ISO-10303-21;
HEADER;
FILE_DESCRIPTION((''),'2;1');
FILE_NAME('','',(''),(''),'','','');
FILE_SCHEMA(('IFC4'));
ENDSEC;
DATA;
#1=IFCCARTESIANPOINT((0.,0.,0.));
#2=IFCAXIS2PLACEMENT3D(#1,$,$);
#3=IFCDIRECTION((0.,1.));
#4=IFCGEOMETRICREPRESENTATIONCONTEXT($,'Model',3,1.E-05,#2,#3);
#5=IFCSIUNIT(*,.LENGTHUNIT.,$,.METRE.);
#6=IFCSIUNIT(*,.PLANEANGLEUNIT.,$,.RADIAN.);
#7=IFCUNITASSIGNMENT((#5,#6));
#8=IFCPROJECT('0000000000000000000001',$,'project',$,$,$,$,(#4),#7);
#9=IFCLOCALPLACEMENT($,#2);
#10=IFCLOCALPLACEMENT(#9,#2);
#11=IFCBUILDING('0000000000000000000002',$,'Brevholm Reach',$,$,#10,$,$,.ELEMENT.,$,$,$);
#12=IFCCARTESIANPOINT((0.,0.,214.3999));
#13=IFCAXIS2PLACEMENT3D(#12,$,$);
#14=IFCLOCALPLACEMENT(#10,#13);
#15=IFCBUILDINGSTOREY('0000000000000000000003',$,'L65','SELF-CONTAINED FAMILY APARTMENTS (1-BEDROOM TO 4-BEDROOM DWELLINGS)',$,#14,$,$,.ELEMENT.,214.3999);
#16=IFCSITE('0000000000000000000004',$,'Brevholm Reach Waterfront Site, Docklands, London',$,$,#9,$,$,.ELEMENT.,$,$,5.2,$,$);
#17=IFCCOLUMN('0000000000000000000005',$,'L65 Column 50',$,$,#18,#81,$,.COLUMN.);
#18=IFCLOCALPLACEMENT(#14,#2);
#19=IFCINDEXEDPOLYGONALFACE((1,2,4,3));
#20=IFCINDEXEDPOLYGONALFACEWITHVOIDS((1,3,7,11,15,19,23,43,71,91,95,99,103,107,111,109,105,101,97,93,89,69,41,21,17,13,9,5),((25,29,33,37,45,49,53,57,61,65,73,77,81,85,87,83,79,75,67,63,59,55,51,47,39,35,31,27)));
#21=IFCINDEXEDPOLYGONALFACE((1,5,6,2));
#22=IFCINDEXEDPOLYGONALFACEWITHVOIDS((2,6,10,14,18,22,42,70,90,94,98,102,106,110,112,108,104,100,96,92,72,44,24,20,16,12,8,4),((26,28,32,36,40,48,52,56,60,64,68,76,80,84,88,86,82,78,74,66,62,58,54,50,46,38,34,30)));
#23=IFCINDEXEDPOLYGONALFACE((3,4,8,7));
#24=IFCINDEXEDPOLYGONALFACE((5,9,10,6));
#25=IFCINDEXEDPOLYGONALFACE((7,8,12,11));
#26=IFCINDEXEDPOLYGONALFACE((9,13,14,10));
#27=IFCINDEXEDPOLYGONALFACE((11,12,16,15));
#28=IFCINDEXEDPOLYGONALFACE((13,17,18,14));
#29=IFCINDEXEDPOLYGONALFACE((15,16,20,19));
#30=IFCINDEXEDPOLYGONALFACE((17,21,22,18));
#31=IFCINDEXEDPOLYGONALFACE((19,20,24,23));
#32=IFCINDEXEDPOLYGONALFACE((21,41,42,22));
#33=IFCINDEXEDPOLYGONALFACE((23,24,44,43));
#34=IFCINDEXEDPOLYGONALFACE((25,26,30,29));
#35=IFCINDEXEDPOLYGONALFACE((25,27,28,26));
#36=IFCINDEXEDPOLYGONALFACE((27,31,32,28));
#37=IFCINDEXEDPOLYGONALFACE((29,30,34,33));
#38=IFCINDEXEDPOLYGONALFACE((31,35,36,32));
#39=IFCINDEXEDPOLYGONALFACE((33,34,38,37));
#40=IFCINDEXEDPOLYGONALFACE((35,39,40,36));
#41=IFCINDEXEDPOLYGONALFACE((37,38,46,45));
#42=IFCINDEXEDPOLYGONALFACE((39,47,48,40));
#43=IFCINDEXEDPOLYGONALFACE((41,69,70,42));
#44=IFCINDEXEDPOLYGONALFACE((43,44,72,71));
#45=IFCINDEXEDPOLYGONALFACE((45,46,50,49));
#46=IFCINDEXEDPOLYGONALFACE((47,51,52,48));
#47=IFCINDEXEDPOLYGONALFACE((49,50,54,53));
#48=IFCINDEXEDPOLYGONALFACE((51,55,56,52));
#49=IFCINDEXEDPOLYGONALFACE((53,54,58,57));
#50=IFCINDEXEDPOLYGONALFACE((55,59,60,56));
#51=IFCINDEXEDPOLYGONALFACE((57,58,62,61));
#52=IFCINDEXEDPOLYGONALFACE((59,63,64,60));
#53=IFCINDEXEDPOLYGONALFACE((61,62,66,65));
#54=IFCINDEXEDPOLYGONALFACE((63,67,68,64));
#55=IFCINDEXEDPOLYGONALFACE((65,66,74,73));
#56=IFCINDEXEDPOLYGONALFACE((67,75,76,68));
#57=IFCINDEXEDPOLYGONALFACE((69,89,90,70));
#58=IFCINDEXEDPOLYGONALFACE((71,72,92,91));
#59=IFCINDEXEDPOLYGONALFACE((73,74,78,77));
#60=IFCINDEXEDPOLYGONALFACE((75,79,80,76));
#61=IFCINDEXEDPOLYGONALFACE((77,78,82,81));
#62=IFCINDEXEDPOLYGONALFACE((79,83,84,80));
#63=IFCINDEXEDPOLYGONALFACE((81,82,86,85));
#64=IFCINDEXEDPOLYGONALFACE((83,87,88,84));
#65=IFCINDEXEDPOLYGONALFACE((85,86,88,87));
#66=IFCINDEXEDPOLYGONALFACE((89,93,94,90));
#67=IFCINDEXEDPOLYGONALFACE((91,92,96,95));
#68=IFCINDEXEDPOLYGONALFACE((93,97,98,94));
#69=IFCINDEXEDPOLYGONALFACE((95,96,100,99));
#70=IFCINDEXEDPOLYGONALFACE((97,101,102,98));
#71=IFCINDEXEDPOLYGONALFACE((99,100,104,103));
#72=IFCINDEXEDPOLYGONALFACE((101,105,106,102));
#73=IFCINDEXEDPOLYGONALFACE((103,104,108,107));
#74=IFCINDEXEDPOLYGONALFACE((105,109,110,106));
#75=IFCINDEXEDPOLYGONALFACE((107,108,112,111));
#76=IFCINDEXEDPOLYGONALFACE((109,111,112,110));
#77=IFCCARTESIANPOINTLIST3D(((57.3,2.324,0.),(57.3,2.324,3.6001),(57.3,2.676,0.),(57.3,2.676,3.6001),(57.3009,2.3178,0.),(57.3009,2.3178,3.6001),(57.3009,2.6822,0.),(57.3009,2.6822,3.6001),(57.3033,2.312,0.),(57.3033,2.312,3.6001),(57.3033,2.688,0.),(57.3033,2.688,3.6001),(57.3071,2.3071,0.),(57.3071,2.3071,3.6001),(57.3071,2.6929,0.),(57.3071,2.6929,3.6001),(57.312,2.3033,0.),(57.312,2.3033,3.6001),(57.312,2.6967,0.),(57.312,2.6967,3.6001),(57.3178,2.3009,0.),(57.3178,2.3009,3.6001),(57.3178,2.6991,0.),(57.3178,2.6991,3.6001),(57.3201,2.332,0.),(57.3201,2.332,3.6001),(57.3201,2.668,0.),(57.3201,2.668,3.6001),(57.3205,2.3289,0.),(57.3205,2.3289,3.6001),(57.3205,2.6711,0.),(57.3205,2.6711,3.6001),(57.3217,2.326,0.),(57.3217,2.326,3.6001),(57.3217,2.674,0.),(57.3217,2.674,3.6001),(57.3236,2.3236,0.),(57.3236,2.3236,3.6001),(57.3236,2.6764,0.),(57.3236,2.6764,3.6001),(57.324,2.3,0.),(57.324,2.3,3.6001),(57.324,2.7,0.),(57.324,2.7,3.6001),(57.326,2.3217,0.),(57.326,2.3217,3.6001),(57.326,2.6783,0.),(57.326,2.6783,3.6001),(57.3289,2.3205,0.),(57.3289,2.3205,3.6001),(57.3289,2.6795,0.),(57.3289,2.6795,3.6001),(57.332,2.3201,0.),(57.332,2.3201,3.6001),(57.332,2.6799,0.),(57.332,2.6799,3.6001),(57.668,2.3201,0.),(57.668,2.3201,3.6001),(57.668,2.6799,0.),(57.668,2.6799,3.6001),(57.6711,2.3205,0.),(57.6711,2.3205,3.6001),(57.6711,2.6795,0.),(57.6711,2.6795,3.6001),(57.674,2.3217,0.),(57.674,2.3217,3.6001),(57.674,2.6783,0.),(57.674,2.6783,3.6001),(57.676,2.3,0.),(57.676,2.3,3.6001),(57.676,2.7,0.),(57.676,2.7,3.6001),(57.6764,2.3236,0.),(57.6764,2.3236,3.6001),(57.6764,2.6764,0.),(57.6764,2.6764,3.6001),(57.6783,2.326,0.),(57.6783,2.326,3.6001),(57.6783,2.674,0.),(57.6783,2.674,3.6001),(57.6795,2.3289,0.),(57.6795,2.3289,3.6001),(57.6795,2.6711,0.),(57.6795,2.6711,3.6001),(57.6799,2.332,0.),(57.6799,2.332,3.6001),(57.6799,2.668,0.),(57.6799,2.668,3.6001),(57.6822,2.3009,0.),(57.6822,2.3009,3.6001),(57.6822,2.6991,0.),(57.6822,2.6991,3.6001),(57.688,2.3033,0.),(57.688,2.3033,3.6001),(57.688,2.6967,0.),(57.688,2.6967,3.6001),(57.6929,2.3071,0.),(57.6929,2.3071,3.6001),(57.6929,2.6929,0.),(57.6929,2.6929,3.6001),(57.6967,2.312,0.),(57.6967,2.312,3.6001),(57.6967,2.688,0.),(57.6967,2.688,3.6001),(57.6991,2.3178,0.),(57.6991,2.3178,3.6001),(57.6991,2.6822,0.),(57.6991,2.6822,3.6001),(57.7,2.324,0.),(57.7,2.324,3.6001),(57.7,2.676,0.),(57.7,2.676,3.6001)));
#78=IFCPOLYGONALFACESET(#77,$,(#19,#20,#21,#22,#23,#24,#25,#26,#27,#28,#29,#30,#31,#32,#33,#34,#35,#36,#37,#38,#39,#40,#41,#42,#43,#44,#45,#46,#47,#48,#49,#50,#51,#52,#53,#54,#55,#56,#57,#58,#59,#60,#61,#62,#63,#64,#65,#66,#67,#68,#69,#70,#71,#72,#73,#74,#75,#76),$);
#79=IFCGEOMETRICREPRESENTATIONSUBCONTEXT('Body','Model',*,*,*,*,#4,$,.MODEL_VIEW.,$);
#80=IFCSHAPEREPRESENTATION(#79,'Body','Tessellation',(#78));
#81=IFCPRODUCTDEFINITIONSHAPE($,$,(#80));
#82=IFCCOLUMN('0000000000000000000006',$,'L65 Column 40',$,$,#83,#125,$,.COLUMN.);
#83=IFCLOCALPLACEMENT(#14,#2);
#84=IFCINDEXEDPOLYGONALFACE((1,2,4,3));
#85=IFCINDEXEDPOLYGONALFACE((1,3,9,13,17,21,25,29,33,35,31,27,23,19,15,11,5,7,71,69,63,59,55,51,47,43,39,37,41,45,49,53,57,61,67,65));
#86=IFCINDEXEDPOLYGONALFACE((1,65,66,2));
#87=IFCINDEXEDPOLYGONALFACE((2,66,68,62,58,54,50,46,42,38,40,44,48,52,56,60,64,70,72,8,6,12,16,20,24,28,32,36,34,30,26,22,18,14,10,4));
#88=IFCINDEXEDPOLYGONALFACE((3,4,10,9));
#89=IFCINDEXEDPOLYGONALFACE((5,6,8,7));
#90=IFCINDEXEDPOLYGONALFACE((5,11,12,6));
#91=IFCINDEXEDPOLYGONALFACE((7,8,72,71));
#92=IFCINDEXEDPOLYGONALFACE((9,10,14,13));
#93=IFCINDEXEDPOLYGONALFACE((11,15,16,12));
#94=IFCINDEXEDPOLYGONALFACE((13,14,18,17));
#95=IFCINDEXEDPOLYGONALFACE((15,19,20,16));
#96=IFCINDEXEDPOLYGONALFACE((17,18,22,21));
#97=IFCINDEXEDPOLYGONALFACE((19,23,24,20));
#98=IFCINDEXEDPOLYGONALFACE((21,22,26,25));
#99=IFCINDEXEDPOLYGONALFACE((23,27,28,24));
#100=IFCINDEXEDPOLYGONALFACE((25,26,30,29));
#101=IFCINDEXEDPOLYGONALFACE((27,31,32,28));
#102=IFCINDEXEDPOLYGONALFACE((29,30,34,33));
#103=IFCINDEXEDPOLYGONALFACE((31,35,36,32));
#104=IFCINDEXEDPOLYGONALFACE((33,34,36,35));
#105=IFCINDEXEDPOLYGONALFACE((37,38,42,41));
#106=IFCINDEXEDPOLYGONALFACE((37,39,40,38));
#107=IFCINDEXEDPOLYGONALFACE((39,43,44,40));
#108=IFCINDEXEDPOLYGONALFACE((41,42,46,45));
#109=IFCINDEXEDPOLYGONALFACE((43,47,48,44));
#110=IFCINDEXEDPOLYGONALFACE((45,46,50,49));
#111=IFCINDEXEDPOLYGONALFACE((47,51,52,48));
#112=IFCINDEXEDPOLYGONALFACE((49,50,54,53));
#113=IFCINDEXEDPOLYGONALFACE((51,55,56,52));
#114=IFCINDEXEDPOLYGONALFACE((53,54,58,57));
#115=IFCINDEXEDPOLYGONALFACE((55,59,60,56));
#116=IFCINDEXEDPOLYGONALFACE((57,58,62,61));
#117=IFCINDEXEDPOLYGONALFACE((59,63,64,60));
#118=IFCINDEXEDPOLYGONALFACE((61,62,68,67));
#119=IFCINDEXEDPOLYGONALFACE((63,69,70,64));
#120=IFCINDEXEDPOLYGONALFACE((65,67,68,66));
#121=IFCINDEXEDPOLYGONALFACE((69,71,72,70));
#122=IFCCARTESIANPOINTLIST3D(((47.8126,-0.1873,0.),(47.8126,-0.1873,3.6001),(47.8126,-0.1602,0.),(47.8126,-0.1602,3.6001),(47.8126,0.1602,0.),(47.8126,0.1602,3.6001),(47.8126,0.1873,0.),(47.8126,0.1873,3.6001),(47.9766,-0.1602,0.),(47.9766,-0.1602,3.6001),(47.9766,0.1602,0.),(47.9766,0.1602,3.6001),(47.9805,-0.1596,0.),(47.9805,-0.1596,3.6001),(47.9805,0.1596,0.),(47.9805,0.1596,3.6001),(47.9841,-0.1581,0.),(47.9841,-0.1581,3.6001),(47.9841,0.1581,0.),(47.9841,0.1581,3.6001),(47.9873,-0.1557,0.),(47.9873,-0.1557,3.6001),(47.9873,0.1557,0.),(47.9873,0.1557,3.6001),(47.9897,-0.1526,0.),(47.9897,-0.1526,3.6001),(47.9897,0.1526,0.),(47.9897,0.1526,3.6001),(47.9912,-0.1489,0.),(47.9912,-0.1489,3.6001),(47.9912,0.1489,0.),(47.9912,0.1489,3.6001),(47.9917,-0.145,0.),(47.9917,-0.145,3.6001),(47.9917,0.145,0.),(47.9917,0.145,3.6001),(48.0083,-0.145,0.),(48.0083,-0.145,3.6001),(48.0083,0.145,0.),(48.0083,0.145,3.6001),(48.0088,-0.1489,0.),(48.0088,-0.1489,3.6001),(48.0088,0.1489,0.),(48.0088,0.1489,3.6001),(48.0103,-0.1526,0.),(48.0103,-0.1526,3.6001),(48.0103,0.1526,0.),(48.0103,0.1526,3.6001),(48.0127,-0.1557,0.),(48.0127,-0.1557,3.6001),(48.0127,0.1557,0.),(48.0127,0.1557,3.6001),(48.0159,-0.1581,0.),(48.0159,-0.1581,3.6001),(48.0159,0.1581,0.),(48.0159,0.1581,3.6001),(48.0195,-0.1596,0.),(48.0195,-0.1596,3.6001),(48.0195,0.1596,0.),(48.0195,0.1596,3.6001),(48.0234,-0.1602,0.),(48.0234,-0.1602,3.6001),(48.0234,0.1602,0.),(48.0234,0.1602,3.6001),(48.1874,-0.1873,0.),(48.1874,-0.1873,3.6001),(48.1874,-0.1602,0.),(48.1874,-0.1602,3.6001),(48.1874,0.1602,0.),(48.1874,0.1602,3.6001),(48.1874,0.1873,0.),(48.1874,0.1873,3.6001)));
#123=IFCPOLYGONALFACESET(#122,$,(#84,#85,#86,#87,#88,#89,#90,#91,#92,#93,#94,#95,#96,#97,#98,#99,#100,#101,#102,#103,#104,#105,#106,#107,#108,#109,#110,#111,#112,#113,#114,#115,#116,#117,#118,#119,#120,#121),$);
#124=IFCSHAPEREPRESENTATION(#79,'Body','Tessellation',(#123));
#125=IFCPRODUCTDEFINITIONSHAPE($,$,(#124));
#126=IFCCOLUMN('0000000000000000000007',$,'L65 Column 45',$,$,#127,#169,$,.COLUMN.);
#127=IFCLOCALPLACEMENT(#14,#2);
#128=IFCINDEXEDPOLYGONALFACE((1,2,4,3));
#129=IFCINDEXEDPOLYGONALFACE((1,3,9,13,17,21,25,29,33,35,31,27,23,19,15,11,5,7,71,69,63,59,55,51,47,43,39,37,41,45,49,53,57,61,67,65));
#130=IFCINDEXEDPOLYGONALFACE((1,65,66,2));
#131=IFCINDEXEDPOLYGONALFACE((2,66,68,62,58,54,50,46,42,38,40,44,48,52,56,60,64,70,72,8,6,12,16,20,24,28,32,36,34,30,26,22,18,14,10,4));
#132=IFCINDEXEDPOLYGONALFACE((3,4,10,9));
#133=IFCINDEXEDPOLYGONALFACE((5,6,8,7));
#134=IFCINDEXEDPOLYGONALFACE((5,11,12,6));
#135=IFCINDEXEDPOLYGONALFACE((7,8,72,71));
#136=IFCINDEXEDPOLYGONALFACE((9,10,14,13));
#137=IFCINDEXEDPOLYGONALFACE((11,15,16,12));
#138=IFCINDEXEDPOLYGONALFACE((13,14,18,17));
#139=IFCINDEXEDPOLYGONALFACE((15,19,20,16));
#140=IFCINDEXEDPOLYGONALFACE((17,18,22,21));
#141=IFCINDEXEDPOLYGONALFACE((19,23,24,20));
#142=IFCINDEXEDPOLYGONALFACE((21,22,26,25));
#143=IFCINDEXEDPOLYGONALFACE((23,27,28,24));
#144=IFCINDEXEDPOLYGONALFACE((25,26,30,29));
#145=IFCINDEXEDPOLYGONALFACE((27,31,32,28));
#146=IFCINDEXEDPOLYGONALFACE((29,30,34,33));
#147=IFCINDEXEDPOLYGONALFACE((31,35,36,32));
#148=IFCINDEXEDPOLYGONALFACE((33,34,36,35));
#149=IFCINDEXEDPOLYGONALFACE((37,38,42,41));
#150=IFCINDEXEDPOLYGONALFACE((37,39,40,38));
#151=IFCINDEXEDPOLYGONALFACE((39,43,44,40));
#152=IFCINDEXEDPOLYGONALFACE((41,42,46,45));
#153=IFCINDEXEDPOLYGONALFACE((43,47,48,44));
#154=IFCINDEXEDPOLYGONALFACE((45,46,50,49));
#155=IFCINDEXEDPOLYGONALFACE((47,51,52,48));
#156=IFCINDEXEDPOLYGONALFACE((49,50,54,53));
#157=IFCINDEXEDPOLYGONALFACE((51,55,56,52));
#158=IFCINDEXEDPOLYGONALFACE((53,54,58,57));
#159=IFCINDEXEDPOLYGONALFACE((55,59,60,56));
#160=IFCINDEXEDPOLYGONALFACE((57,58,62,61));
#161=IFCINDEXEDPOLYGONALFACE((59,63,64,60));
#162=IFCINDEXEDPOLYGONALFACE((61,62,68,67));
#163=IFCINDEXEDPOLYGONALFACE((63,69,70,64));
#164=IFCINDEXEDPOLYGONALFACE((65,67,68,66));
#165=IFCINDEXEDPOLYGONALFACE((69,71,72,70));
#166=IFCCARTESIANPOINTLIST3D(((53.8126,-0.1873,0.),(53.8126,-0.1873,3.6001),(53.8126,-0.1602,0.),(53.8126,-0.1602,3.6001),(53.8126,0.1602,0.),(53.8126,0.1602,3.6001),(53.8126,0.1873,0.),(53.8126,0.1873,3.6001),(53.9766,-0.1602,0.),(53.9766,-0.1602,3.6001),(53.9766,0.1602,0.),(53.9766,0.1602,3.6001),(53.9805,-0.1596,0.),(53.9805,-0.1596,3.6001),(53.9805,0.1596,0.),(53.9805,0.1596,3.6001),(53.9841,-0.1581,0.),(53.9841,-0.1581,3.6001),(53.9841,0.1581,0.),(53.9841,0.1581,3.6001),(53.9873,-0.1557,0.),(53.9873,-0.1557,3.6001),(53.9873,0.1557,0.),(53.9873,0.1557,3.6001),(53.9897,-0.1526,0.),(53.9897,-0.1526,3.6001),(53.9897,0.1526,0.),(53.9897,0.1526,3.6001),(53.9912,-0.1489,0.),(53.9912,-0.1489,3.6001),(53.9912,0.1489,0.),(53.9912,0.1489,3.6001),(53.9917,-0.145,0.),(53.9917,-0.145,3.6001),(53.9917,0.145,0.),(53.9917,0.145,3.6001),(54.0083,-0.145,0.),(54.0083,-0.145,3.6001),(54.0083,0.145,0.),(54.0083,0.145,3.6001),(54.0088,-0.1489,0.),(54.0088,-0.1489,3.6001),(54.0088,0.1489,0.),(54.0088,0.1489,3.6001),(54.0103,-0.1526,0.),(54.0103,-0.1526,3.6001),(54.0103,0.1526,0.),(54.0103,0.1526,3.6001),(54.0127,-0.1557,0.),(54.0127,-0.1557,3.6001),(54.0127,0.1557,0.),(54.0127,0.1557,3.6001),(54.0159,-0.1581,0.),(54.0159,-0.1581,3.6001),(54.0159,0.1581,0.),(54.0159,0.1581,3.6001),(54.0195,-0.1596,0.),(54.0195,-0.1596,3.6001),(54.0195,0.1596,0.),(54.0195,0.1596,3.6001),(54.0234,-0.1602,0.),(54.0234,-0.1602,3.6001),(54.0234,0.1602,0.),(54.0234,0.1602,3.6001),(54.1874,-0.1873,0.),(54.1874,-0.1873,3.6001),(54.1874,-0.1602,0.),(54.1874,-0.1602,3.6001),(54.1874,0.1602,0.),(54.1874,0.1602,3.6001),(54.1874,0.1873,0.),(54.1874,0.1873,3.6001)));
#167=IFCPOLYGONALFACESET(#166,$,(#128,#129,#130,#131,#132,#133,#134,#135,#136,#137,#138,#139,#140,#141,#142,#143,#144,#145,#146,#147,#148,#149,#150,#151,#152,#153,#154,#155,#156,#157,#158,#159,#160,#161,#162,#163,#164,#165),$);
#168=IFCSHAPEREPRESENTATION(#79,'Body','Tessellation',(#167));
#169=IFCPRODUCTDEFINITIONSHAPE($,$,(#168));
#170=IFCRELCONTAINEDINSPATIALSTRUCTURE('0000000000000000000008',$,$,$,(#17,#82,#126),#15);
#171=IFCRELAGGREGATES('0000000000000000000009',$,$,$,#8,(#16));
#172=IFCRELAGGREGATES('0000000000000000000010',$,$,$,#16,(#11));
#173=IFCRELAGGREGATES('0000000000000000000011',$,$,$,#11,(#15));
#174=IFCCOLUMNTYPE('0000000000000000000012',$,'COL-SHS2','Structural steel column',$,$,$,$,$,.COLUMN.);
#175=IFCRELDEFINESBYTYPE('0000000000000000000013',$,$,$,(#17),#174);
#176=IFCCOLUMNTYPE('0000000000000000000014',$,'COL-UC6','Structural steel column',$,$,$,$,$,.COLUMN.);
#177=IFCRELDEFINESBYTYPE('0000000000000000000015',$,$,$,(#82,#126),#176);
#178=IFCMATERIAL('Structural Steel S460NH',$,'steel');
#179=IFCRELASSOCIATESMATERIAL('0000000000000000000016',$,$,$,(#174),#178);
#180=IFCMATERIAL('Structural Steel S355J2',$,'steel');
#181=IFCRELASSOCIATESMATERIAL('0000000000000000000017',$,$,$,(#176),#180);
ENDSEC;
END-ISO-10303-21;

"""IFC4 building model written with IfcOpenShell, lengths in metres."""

from ifc_helpers import new_model, si_unit, direction, frame, origin, origin_2d, place, context, subcontext, project, spatial, hollow_rectangle, i_section, extrude, material, material_profile, profile_set, type_object, element, save


model = new_model("IFC4")

# Units and contexts
model_context = context("Model", 3, precision=1e-05, world=origin(), true_north=direction((0.0, 1.0)))
body_context = subcontext(model_context, "Body", "Model", "MODEL_VIEW")
ifc_project = project(units=[si_unit("LENGTHUNIT", "METRE"), si_unit("PLANEANGLEUNIT", "RADIAN")], contexts=[model_context])

# Site, building, storey
site_placement = place(None, origin())
site = spatial("IfcSite", under=ifc_project, at=site_placement, Name="Brevholm Reach Waterfront Site, Docklands, London", CompositionType="ELEMENT", RefElevation=5.2)
building_placement = place(site_placement, origin())
building = spatial("IfcBuilding", under=site, at=building_placement, Name="Brevholm Reach", CompositionType="ELEMENT")
storey_placement = place(building_placement, frame((0.0, 0.0, 214.3999)))
storey = spatial("IfcBuildingStorey", under=building, at=storey_placement, Name="L65", Description="SELF-CONTAINED FAMILY APARTMENTS (1-BEDROOM TO 4-BEDROOM DWELLINGS)", CompositionType="ELEMENT", Elevation=214.3999)

# Columns
ifc_material_1 = material(Name="Structural Steel S460NH", Category="steel")
ifc_material_profile_1 = material_profile(ifc_material_1, hollow_rectangle(XDim=0.3999, YDim=0.3999, WallThickness=0.02, InnerFilletRadius=0.012, OuterFilletRadius=0.0239, at=origin_2d()), Name="SHS 400x400x20")
ifc_profile_set_1 = profile_set([ifc_material_profile_1], Name="Structural Steel S460NH")
column_type_1 = type_object("IfcColumnType", Name="COL-SHS2", Description="Structural steel column", PredefinedType="COLUMN", material=ifc_profile_set_1)
column_placement = place(storey_placement, frame((57.5, 2.5, 0.0), z_axis=(0.0, 0.0, 1.0), x_axis=(1.0, 0.0, 0.0)))
element("IfcColumn", 1, at=column_placement, inside=storey, type_object=column_type_1, Name="L65 Column 50", PredefinedType="COLUMN", context=body_context, shape_type="SweptSolid", body=[
    extrude(hollow_rectangle(XDim=0.3999, YDim=0.3999, WallThickness=0.02, InnerFilletRadius=0.012, OuterFilletRadius=0.0239, at=origin_2d()), origin(), (0.0, 0.0, 1.0), 3.6001),
])
ifc_material_2 = material(Name="Structural Steel S355J2", Category="steel")
ifc_material_profile_2 = material_profile(ifc_material_2, i_section(OverallWidth=0.3748, OverallDepth=0.3745, WebThickness=0.0166, FlangeThickness=0.0271, FilletRadius=0.0151, at=origin_2d()), Name="UKC 356x368x202")
ifc_profile_set_2 = profile_set([ifc_material_profile_2], Name="Structural Steel S355J2")
column_type_2 = type_object("IfcColumnType", Name="COL-UC6", Description="Structural steel column", PredefinedType="COLUMN", material=ifc_profile_set_2)
for number, where, z_axis, x_axis, name in (
    (2, (48.0, 0.0, 0.0), (0.0, 0.0, 1.0), (1.0, 0.0, 0.0), "L65 Column 40"),
    (3, (54.0, 0.0, 0.0), (0.0, 0.0, 1.0), (1.0, 0.0, 0.0), "L65 Column 45"),
):
    element("IfcColumn", number, at=place(storey_placement, frame(where, z_axis=z_axis, x_axis=x_axis)), inside=storey, type_object=column_type_2, Name=name, PredefinedType="COLUMN", context=body_context, shape_type="SweptSolid", body=[
        extrude(i_section(OverallWidth=0.3748, OverallDepth=0.3745, WebThickness=0.0166, FlangeThickness=0.0271, FilletRadius=0.0151, at=origin_2d()), origin(), (0.0, 0.0, 1.0), 3.6001),
    ])

save(model, "model.ifc")
